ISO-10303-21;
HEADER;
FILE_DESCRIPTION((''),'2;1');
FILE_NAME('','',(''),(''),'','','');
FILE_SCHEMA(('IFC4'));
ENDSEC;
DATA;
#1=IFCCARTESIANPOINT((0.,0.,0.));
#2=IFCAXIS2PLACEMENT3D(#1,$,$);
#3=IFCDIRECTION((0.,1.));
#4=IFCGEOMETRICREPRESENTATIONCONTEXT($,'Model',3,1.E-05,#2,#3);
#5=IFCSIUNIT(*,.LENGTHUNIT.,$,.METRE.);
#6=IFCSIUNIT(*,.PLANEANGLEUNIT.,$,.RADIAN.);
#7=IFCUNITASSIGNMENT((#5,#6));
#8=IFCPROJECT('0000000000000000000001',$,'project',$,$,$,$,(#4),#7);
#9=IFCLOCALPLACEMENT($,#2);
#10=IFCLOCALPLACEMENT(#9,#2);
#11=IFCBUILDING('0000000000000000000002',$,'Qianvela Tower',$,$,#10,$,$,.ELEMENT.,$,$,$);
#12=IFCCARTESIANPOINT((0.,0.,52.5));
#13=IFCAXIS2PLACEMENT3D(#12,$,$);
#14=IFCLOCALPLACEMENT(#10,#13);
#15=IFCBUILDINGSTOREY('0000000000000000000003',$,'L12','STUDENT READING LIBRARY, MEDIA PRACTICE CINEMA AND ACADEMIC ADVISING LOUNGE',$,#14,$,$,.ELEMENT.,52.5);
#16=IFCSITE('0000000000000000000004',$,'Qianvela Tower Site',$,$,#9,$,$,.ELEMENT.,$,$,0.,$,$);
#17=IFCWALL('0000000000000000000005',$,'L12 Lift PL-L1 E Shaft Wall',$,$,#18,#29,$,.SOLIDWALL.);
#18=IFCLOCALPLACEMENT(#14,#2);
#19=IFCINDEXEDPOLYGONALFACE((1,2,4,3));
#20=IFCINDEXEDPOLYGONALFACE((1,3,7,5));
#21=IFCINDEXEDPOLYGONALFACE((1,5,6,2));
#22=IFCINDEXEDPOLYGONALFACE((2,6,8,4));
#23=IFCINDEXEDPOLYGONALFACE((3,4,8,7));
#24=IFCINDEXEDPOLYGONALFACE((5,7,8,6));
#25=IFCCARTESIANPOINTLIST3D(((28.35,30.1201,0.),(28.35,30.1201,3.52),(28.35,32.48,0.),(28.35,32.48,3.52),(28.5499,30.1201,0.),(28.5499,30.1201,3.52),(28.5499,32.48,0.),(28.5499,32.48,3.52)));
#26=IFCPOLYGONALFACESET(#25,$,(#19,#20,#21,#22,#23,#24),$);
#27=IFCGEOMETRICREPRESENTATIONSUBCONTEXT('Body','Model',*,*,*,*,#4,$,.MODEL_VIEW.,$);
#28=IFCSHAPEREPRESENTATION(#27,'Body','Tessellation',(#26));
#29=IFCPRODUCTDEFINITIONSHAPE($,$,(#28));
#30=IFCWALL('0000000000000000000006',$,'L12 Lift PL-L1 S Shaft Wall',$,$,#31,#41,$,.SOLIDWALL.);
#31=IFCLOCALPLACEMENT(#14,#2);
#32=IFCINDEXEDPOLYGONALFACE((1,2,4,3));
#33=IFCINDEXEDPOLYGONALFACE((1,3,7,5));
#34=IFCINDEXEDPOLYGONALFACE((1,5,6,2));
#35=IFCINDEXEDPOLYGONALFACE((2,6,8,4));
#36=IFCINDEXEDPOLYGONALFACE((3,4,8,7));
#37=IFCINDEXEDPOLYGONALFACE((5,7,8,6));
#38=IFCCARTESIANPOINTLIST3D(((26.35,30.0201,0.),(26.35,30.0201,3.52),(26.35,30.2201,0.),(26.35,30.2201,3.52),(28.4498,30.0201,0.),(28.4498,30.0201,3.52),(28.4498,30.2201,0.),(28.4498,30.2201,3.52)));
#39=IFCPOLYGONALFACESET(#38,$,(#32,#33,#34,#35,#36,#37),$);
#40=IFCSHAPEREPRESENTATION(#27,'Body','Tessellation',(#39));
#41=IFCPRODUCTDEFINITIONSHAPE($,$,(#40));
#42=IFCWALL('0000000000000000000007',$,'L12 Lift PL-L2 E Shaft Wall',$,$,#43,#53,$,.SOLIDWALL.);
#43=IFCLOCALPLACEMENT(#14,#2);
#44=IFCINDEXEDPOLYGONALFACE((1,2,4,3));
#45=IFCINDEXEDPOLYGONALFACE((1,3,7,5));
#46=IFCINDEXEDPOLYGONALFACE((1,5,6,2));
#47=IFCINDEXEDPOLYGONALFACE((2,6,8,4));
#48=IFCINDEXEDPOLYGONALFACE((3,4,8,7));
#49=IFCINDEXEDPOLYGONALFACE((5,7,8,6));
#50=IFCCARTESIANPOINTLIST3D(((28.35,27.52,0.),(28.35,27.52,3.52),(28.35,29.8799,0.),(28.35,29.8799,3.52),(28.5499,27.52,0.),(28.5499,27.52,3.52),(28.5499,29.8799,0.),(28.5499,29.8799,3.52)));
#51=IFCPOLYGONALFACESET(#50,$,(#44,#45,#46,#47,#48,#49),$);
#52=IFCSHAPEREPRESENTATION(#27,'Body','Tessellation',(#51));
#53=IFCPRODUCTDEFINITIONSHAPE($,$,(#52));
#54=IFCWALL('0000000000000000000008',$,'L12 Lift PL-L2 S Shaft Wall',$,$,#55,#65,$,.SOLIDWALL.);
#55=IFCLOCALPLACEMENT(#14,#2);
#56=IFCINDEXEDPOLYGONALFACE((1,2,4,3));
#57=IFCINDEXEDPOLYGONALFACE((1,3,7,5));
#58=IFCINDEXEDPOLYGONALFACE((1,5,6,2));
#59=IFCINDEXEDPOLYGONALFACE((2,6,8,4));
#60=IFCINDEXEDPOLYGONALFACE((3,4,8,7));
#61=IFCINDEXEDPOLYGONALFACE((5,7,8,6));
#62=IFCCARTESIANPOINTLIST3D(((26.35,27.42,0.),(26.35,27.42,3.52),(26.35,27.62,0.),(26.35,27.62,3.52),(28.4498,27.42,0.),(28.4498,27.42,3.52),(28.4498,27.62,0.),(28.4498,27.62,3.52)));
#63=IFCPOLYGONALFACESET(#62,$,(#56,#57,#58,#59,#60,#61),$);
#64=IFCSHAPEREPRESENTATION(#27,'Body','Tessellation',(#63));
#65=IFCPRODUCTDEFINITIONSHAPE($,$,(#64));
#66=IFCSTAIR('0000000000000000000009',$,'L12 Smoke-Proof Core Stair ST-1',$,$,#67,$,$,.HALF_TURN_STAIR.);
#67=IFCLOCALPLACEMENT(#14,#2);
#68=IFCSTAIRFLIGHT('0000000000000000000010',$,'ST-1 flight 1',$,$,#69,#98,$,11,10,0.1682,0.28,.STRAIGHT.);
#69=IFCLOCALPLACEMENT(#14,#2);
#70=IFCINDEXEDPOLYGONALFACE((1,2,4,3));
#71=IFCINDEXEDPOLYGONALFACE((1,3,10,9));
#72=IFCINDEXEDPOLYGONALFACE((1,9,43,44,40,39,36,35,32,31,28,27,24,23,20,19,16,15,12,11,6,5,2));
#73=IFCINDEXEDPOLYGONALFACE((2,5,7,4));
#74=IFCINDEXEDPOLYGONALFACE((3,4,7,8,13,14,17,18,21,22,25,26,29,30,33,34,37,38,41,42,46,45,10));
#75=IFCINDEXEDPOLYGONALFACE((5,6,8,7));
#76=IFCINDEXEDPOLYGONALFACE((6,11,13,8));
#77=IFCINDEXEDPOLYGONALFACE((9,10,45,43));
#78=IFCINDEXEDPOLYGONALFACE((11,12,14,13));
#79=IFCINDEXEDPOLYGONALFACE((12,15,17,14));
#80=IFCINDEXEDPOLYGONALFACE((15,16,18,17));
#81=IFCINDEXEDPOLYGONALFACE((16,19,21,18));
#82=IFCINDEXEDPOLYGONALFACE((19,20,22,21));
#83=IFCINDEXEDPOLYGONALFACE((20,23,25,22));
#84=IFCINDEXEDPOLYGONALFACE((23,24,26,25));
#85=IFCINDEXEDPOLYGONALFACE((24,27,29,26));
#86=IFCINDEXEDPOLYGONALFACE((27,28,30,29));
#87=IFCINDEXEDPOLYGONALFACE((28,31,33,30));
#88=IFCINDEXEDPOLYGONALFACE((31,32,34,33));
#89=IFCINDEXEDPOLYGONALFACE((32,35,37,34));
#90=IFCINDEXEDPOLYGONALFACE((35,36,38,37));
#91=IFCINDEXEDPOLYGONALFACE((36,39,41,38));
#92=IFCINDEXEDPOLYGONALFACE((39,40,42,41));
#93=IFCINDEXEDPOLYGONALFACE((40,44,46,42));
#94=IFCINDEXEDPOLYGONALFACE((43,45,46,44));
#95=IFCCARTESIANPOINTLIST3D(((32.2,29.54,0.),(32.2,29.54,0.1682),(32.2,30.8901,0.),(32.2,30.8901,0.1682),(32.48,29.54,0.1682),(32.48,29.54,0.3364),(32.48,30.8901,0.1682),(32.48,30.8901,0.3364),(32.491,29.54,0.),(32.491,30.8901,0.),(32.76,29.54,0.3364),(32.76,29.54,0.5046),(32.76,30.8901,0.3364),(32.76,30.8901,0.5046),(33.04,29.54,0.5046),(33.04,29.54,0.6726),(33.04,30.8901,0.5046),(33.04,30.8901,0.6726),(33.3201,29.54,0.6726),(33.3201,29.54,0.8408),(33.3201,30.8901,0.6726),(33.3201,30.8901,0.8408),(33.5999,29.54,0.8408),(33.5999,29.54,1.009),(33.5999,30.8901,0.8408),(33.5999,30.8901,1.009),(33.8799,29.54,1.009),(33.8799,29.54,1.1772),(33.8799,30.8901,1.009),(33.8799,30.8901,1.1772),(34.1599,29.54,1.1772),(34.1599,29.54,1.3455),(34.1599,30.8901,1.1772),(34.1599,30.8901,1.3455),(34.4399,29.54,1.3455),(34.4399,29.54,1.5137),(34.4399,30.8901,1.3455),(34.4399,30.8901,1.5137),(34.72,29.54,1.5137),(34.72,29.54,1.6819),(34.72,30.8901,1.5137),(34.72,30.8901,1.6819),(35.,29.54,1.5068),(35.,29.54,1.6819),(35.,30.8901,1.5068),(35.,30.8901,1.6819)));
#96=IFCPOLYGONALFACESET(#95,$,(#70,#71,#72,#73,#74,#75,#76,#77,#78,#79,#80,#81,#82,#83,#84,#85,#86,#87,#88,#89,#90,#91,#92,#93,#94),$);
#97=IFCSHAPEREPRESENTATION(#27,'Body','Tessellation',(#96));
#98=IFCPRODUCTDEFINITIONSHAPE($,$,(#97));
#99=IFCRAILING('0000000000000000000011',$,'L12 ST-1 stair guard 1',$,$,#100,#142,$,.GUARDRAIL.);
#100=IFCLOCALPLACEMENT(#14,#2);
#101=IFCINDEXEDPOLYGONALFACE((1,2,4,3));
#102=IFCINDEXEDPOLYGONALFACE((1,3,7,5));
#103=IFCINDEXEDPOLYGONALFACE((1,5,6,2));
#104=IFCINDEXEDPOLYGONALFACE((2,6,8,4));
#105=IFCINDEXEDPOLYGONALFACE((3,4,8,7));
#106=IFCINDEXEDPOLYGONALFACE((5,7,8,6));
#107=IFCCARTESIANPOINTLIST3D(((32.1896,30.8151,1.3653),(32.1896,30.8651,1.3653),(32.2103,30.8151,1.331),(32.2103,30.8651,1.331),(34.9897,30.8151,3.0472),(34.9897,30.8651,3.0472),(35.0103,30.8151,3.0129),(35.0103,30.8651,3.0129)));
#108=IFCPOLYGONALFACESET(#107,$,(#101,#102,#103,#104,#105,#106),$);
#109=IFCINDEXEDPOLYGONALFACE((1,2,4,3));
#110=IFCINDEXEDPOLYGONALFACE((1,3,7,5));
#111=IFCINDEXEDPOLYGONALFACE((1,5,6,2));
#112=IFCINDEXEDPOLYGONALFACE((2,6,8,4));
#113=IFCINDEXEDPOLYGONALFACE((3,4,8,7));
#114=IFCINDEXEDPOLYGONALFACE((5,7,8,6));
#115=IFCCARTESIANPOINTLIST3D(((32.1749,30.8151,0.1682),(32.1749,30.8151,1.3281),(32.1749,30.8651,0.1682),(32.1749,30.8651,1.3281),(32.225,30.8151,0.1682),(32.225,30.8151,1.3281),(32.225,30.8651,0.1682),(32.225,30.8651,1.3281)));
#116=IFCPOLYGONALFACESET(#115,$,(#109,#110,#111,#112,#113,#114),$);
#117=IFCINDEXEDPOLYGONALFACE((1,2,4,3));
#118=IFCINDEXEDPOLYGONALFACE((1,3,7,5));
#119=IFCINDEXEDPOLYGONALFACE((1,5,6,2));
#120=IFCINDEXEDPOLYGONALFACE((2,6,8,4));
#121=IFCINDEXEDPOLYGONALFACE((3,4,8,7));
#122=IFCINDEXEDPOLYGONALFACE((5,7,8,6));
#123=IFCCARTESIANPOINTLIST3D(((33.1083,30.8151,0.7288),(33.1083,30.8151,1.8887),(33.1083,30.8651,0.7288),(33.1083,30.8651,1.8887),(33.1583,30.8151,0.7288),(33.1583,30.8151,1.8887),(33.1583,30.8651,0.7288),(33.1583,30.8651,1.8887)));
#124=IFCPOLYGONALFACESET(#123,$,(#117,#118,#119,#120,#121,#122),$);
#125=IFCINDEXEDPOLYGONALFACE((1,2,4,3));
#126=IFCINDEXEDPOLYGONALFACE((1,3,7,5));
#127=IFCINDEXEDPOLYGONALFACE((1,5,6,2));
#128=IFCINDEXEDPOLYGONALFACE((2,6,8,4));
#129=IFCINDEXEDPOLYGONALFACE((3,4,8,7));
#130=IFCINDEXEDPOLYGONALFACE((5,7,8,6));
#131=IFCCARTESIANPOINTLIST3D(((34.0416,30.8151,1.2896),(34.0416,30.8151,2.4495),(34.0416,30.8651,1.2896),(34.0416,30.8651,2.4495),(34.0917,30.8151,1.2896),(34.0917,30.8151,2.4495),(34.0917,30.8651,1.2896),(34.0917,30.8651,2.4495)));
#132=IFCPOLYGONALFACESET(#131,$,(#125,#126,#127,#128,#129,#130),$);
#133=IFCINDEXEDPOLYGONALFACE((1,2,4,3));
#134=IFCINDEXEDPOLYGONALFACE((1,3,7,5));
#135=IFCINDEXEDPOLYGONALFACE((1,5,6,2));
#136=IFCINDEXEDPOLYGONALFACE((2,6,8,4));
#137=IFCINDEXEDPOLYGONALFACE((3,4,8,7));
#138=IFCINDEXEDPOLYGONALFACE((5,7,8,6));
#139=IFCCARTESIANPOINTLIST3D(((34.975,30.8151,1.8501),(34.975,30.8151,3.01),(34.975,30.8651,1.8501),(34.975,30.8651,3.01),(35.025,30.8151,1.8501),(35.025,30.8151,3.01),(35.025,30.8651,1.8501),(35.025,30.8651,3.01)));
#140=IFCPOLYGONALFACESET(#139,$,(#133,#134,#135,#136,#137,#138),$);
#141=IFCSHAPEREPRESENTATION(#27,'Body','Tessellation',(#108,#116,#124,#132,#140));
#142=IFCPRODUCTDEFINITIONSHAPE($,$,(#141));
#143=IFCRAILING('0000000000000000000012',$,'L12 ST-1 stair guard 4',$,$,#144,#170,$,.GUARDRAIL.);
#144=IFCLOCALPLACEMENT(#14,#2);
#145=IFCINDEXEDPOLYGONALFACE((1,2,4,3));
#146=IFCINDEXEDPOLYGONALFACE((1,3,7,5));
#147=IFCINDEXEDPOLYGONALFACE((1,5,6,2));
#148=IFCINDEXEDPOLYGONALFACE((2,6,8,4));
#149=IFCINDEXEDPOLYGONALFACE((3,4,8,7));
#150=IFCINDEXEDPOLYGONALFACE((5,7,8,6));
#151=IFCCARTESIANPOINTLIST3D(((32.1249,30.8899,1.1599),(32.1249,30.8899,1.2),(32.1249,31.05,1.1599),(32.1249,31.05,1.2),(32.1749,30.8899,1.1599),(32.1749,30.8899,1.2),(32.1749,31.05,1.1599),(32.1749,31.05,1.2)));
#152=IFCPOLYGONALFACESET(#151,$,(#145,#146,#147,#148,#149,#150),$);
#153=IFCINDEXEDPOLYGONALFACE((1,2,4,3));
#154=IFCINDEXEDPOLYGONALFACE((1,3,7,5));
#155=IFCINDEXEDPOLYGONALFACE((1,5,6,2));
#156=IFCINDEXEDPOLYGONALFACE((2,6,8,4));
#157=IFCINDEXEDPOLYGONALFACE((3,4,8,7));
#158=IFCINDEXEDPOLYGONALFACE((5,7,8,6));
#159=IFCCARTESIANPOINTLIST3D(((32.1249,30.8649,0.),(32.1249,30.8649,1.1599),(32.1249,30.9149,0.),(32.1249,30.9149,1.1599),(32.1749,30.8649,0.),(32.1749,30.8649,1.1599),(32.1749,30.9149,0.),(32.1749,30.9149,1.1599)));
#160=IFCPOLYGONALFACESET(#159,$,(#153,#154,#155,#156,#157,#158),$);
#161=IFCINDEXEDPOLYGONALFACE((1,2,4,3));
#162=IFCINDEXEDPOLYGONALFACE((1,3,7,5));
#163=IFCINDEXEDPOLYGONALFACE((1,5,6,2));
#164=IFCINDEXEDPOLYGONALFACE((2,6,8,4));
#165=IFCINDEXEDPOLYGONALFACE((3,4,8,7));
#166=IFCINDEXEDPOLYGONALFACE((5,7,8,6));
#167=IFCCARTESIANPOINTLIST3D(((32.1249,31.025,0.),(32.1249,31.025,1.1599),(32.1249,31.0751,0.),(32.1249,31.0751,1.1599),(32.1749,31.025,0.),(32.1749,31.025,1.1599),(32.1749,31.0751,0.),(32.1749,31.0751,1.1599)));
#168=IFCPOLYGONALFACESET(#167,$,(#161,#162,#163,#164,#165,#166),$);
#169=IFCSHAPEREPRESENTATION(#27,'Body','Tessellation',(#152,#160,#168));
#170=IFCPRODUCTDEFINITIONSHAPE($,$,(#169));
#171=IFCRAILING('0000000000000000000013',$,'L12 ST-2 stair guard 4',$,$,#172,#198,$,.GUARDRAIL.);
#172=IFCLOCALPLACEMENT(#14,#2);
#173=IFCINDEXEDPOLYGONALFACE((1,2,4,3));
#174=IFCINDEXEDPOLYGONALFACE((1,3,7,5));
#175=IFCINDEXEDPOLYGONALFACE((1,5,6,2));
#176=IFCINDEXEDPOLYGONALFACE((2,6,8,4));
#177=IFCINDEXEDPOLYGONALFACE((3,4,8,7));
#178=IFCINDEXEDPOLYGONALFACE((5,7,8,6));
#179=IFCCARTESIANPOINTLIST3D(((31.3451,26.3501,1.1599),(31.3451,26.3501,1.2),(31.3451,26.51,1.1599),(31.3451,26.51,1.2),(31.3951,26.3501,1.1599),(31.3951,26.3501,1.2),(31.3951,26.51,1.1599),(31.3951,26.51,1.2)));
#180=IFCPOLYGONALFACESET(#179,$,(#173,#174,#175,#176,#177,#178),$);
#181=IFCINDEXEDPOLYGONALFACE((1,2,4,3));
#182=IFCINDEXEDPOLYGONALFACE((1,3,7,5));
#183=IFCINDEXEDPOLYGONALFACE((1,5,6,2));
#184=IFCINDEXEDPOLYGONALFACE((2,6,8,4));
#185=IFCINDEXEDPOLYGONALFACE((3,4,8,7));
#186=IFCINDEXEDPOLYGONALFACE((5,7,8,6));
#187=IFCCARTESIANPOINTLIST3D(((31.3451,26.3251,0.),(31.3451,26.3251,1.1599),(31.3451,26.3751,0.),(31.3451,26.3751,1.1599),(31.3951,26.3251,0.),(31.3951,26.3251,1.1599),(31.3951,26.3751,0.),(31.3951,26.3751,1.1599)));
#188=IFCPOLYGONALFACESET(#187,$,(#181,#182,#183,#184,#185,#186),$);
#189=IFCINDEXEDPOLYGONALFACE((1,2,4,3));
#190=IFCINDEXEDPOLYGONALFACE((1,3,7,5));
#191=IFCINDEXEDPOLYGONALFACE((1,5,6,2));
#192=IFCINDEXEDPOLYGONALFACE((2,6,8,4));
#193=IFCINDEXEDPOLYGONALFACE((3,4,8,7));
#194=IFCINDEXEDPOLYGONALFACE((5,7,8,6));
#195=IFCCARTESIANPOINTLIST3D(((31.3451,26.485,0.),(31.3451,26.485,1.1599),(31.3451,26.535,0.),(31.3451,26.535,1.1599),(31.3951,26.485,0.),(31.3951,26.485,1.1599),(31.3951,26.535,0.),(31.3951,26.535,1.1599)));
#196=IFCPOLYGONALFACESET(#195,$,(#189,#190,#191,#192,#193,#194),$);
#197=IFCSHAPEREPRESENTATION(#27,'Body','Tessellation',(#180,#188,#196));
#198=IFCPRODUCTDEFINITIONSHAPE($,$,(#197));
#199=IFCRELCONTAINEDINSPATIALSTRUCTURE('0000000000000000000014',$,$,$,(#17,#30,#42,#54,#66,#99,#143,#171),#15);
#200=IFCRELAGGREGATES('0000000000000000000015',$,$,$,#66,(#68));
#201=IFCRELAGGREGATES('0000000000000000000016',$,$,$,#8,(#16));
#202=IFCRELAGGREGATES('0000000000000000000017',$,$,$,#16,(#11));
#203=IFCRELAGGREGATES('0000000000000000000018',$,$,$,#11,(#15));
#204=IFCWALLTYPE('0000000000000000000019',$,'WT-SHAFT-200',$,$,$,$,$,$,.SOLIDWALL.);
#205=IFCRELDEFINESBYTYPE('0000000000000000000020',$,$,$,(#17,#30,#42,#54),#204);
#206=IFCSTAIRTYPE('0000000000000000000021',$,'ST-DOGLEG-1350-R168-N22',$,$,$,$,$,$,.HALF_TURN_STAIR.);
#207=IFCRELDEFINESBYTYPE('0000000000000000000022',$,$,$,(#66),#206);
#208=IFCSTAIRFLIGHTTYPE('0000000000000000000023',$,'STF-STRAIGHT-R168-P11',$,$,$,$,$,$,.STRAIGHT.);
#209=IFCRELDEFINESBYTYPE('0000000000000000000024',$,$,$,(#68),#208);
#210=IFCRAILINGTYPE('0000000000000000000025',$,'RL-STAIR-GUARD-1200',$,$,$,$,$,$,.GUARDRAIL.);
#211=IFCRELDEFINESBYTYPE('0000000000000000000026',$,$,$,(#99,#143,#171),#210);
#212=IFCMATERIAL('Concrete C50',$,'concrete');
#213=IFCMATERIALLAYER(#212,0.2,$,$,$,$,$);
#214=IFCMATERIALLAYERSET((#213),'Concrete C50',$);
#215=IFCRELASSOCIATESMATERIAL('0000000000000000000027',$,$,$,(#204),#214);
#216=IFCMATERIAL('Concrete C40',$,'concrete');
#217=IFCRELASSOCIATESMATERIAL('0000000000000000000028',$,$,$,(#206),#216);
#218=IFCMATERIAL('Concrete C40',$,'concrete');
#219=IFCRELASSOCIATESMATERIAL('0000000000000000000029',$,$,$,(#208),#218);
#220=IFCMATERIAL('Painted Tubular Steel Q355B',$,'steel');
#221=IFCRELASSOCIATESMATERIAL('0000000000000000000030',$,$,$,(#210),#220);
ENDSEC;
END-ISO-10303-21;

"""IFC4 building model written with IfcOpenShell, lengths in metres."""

from ifc_helpers import new_model, si_unit, direction, frame, frame_2d, origin, origin_2d, place, context, subcontext, project, spatial, polyline, rectangle, outline, extrude, material, layer, layer_set, type_object, element, aggregate, save


model = new_model("IFC4")

# Units and contexts
model_context = context("Model", 3, precision=1e-05, world=origin(), true_north=direction((0.0, 1.0)))
body_context = subcontext(model_context, "Body", "Model", "MODEL_VIEW")
ifc_project = project(units=[si_unit("LENGTHUNIT", "METRE"), si_unit("PLANEANGLEUNIT", "RADIAN")], contexts=[model_context])

# Site, building, storey
site_placement = place(None, origin())
site = spatial("IfcSite", under=ifc_project, at=site_placement, Name="Qianvela Tower Site", CompositionType="ELEMENT", RefElevation=0.0)
building_placement = place(site_placement, origin())
building = spatial("IfcBuilding", under=site, at=building_placement, Name="Qianvela Tower", CompositionType="ELEMENT")
storey_placement = place(building_placement, frame((0.0, 0.0, 52.5)))
storey = spatial("IfcBuildingStorey", under=building, at=storey_placement, Name="L12", Description="STUDENT READING LIBRARY, MEDIA PRACTICE CINEMA AND ACADEMIC ADVISING LOUNGE", CompositionType="ELEMENT", Elevation=52.5)

# Wall
ifc_material_1 = material(Name="Concrete C50", Category="concrete")
ifc_layer_1 = layer(ifc_material_1, 0.2)
ifc_layer_set_1 = layer_set([ifc_layer_1], Name="Concrete C50")
wall_type_1 = type_object("IfcWallType", Name="WT-SHAFT-200", PredefinedType="SOLIDWALL", material=ifc_layer_set_1)
wall_1_placement = place(storey_placement, frame((28.45, 30.1201, 0.0), z_axis=(0.0, 0.0, 1.0), x_axis=(0.0, 1.0, 0.0)))
element("IfcWall", 1, at=wall_1_placement, inside=storey, type_object=wall_type_1, Name="L12 Lift PL-L1 E Shaft Wall", PredefinedType="SOLIDWALL", context=body_context, shape_type="SweptSolid", body=[
    extrude(rectangle(XDim=2.3599, YDim=0.2, at=frame_2d((1.1799, 0.0))), origin(), (0.0, 0.0, 1.0), 3.52),
])

# Walls
wall_2_placement = place(storey_placement, frame((26.3501, 30.1201, 0.0), z_axis=(0.0, 0.0, 1.0), x_axis=(1.0, 0.0, 0.0)))
element("IfcWall", 2, at=wall_2_placement, inside=storey, type_object=wall_type_1, Name="L12 Lift PL-L1 S Shaft Wall", PredefinedType="SOLIDWALL", context=body_context, shape_type="SweptSolid", body=[
    extrude(rectangle(XDim=2.0999, YDim=0.2, at=frame_2d((1.0498, 0.0))), origin(), (0.0, 0.0, 1.0), 3.52),
])
wall_3_placement = place(storey_placement, frame((28.45, 27.52, 0.0), z_axis=(0.0, 0.0, 1.0), x_axis=(0.0, 1.0, 0.0)))
element("IfcWall", 3, at=wall_3_placement, inside=storey, type_object=wall_type_1, Name="L12 Lift PL-L2 E Shaft Wall", PredefinedType="SOLIDWALL", context=body_context, shape_type="SweptSolid", body=[
    extrude(rectangle(XDim=2.3599, YDim=0.2, at=frame_2d((1.1799, 0.0))), origin(), (0.0, 0.0, 1.0), 3.52),
])

# Wall
wall_4_placement = place(storey_placement, frame((26.3501, 27.52, 0.0), z_axis=(0.0, 0.0, 1.0), x_axis=(1.0, 0.0, 0.0)))
element("IfcWall", 4, at=wall_4_placement, inside=storey, type_object=wall_type_1, Name="L12 Lift PL-L2 S Shaft Wall", PredefinedType="SOLIDWALL", context=body_context, shape_type="SweptSolid", body=[
    extrude(rectangle(XDim=2.0999, YDim=0.2, at=frame_2d((1.0498, 0.0))), origin(), (0.0, 0.0, 1.0), 3.52),
])

# Stair, stair flight
ifc_material_2 = material(Name="Concrete C40", Category="concrete")
stair_type = type_object("IfcStairType", Name="ST-DOGLEG-1350-R168-N22", PredefinedType="HALF_TURN_STAIR", material=ifc_material_2)
stair_placement = place(storey_placement, origin())
stair = element("IfcStair", 5, at=stair_placement, inside=storey, type_object=stair_type, Name="L12 Smoke-Proof Core Stair ST-1", PredefinedType="HALF_TURN_STAIR")
ifc_material_3 = material(Name="Concrete C40", Category="concrete")
stair_flight_type = type_object("IfcStairFlightType", Name="STF-STRAIGHT-R168-P11", PredefinedType="STRAIGHT", material=ifc_material_3)
stair_flight_placement = place(storey_placement, frame((32.2, 30.2151, 0.0), z_axis=(0.0, 0.0, 1.0), x_axis=(1.0, 0.0, 0.0)))
stair_flight = element("IfcStairFlight", 6, at=stair_flight_placement, type_object=stair_flight_type, Name="ST-1 flight 1", NumberOfRisers=11, NumberOfTreads=10, PredefinedType="STRAIGHT", RiserHeight=0.1682, TreadLength=0.28, context=body_context, shape_type="SweptSolid", body=[
    extrude(outline(polyline([(0.0, 0.0), (0.0, 0.1682), (0.28, 0.1682), (0.28, 0.3364), (0.5601, 0.3364), (0.5601, 0.5046), (0.8401, 0.5046), (0.8401, 0.6726), (1.1201, 0.6726), (1.1201, 0.8408), (1.3999, 0.8408), (1.3999, 1.009), (1.6799, 1.009), (1.6799, 1.1772), (1.96, 1.1772), (1.96, 1.3455), (2.24, 1.3455), (2.24, 1.5137), (2.52, 1.5137), (2.52, 1.6819), (2.8, 1.6819), (2.8, 1.8501), (2.8, 1.5068), (0.291, 0.0), (0.0, 0.0)])), frame((0.0, 0.675, 0.0), z_axis=(0.0, -1.0, 0.0), x_axis=(1.0, 0.0, 0.0)), (0.0, 0.0, 1.0), 1.3501),
])
aggregate(stair, [stair_flight])

# Railings
ifc_material_4 = material(Name="Painted Tubular Steel Q355B", Category="steel")
railing_type_1 = type_object("IfcRailingType", Name="RL-STAIR-GUARD-1200", PredefinedType="GUARDRAIL", material=ifc_material_4)
railing_1_placement = place(storey_placement, frame((32.2, 30.8401, 0.1682)))
element("IfcRailing", 7, at=railing_1_placement, inside=storey, type_object=railing_type_1, Name="L12 ST-1 stair guard 1", PredefinedType="GUARDRAIL", context=body_context, shape_type="SweptSolid", body=[
    extrude(rectangle(XDim=0.05, YDim=0.04, at=origin_2d()), frame((0.0, 0.0, 1.1799), z_axis=(0.857242, 0.0, 0.514913), x_axis=(0.0, 1.0, 0.0)), (0.0, 0.0, 1.0), 3.2664),
    extrude(rectangle(XDim=0.05, YDim=0.05, at=origin_2d()), origin(), (0.0, 0.0, 1.0), 1.1599),
    extrude(rectangle(XDim=0.05, YDim=0.05, at=origin_2d()), frame((0.9333, 0.0, 0.5605)), (0.0, 0.0, 1.0), 1.1599),
    extrude(rectangle(XDim=0.05, YDim=0.05, at=origin_2d()), frame((1.8667, 0.0, 1.1213)), (0.0, 0.0, 1.0), 1.1599),
    extrude(rectangle(XDim=0.05, YDim=0.05, at=origin_2d()), frame((2.8, 0.0, 1.6819)), (0.0, 0.0, 1.0), 1.1599),
])
railing_2_placement = place(storey_placement, frame((32.1499, 30.8899, 0.0)))
element("IfcRailing", 8, at=railing_2_placement, inside=storey, type_object=railing_type_1, Name="L12 ST-1 stair guard 4", PredefinedType="GUARDRAIL", context=body_context, shape_type="SweptSolid", body=[
    extrude(rectangle(XDim=0.05, YDim=0.04, at=origin_2d()), frame((0.0, 0.0, 1.1799), z_axis=(0.0, 1.0, 0.0), x_axis=(-1.0, 0.0, 0.0)), (0.0, 0.0, 1.0), 0.1602),
    extrude(rectangle(XDim=0.05, YDim=0.05, at=origin_2d()), origin(), (0.0, 0.0, 1.0), 1.1599),
    extrude(rectangle(XDim=0.05, YDim=0.05, at=origin_2d()), frame((0.0, 0.1602, 0.0)), (0.0, 0.0, 1.0), 1.1599),
])
railing_3_placement = place(storey_placement, frame((31.3701, 26.3501, 0.0)))
element("IfcRailing", 9, at=railing_3_placement, inside=storey, type_object=railing_type_1, Name="L12 ST-2 stair guard 4", PredefinedType="GUARDRAIL", context=body_context, shape_type="SweptSolid", body=[
    extrude(rectangle(XDim=0.05, YDim=0.04, at=origin_2d()), frame((0.0, 0.0, 1.1799), z_axis=(0.0, 1.0, 0.0), x_axis=(-1.0, 0.0, 0.0)), (0.0, 0.0, 1.0), 0.1599),
    extrude(rectangle(XDim=0.05, YDim=0.05, at=origin_2d()), origin(), (0.0, 0.0, 1.0), 1.1599),
    extrude(rectangle(XDim=0.05, YDim=0.05, at=origin_2d()), frame((0.0, 0.1599, 0.0)), (0.0, 0.0, 1.0), 1.1599),
])

save(model, "model.ifc")
